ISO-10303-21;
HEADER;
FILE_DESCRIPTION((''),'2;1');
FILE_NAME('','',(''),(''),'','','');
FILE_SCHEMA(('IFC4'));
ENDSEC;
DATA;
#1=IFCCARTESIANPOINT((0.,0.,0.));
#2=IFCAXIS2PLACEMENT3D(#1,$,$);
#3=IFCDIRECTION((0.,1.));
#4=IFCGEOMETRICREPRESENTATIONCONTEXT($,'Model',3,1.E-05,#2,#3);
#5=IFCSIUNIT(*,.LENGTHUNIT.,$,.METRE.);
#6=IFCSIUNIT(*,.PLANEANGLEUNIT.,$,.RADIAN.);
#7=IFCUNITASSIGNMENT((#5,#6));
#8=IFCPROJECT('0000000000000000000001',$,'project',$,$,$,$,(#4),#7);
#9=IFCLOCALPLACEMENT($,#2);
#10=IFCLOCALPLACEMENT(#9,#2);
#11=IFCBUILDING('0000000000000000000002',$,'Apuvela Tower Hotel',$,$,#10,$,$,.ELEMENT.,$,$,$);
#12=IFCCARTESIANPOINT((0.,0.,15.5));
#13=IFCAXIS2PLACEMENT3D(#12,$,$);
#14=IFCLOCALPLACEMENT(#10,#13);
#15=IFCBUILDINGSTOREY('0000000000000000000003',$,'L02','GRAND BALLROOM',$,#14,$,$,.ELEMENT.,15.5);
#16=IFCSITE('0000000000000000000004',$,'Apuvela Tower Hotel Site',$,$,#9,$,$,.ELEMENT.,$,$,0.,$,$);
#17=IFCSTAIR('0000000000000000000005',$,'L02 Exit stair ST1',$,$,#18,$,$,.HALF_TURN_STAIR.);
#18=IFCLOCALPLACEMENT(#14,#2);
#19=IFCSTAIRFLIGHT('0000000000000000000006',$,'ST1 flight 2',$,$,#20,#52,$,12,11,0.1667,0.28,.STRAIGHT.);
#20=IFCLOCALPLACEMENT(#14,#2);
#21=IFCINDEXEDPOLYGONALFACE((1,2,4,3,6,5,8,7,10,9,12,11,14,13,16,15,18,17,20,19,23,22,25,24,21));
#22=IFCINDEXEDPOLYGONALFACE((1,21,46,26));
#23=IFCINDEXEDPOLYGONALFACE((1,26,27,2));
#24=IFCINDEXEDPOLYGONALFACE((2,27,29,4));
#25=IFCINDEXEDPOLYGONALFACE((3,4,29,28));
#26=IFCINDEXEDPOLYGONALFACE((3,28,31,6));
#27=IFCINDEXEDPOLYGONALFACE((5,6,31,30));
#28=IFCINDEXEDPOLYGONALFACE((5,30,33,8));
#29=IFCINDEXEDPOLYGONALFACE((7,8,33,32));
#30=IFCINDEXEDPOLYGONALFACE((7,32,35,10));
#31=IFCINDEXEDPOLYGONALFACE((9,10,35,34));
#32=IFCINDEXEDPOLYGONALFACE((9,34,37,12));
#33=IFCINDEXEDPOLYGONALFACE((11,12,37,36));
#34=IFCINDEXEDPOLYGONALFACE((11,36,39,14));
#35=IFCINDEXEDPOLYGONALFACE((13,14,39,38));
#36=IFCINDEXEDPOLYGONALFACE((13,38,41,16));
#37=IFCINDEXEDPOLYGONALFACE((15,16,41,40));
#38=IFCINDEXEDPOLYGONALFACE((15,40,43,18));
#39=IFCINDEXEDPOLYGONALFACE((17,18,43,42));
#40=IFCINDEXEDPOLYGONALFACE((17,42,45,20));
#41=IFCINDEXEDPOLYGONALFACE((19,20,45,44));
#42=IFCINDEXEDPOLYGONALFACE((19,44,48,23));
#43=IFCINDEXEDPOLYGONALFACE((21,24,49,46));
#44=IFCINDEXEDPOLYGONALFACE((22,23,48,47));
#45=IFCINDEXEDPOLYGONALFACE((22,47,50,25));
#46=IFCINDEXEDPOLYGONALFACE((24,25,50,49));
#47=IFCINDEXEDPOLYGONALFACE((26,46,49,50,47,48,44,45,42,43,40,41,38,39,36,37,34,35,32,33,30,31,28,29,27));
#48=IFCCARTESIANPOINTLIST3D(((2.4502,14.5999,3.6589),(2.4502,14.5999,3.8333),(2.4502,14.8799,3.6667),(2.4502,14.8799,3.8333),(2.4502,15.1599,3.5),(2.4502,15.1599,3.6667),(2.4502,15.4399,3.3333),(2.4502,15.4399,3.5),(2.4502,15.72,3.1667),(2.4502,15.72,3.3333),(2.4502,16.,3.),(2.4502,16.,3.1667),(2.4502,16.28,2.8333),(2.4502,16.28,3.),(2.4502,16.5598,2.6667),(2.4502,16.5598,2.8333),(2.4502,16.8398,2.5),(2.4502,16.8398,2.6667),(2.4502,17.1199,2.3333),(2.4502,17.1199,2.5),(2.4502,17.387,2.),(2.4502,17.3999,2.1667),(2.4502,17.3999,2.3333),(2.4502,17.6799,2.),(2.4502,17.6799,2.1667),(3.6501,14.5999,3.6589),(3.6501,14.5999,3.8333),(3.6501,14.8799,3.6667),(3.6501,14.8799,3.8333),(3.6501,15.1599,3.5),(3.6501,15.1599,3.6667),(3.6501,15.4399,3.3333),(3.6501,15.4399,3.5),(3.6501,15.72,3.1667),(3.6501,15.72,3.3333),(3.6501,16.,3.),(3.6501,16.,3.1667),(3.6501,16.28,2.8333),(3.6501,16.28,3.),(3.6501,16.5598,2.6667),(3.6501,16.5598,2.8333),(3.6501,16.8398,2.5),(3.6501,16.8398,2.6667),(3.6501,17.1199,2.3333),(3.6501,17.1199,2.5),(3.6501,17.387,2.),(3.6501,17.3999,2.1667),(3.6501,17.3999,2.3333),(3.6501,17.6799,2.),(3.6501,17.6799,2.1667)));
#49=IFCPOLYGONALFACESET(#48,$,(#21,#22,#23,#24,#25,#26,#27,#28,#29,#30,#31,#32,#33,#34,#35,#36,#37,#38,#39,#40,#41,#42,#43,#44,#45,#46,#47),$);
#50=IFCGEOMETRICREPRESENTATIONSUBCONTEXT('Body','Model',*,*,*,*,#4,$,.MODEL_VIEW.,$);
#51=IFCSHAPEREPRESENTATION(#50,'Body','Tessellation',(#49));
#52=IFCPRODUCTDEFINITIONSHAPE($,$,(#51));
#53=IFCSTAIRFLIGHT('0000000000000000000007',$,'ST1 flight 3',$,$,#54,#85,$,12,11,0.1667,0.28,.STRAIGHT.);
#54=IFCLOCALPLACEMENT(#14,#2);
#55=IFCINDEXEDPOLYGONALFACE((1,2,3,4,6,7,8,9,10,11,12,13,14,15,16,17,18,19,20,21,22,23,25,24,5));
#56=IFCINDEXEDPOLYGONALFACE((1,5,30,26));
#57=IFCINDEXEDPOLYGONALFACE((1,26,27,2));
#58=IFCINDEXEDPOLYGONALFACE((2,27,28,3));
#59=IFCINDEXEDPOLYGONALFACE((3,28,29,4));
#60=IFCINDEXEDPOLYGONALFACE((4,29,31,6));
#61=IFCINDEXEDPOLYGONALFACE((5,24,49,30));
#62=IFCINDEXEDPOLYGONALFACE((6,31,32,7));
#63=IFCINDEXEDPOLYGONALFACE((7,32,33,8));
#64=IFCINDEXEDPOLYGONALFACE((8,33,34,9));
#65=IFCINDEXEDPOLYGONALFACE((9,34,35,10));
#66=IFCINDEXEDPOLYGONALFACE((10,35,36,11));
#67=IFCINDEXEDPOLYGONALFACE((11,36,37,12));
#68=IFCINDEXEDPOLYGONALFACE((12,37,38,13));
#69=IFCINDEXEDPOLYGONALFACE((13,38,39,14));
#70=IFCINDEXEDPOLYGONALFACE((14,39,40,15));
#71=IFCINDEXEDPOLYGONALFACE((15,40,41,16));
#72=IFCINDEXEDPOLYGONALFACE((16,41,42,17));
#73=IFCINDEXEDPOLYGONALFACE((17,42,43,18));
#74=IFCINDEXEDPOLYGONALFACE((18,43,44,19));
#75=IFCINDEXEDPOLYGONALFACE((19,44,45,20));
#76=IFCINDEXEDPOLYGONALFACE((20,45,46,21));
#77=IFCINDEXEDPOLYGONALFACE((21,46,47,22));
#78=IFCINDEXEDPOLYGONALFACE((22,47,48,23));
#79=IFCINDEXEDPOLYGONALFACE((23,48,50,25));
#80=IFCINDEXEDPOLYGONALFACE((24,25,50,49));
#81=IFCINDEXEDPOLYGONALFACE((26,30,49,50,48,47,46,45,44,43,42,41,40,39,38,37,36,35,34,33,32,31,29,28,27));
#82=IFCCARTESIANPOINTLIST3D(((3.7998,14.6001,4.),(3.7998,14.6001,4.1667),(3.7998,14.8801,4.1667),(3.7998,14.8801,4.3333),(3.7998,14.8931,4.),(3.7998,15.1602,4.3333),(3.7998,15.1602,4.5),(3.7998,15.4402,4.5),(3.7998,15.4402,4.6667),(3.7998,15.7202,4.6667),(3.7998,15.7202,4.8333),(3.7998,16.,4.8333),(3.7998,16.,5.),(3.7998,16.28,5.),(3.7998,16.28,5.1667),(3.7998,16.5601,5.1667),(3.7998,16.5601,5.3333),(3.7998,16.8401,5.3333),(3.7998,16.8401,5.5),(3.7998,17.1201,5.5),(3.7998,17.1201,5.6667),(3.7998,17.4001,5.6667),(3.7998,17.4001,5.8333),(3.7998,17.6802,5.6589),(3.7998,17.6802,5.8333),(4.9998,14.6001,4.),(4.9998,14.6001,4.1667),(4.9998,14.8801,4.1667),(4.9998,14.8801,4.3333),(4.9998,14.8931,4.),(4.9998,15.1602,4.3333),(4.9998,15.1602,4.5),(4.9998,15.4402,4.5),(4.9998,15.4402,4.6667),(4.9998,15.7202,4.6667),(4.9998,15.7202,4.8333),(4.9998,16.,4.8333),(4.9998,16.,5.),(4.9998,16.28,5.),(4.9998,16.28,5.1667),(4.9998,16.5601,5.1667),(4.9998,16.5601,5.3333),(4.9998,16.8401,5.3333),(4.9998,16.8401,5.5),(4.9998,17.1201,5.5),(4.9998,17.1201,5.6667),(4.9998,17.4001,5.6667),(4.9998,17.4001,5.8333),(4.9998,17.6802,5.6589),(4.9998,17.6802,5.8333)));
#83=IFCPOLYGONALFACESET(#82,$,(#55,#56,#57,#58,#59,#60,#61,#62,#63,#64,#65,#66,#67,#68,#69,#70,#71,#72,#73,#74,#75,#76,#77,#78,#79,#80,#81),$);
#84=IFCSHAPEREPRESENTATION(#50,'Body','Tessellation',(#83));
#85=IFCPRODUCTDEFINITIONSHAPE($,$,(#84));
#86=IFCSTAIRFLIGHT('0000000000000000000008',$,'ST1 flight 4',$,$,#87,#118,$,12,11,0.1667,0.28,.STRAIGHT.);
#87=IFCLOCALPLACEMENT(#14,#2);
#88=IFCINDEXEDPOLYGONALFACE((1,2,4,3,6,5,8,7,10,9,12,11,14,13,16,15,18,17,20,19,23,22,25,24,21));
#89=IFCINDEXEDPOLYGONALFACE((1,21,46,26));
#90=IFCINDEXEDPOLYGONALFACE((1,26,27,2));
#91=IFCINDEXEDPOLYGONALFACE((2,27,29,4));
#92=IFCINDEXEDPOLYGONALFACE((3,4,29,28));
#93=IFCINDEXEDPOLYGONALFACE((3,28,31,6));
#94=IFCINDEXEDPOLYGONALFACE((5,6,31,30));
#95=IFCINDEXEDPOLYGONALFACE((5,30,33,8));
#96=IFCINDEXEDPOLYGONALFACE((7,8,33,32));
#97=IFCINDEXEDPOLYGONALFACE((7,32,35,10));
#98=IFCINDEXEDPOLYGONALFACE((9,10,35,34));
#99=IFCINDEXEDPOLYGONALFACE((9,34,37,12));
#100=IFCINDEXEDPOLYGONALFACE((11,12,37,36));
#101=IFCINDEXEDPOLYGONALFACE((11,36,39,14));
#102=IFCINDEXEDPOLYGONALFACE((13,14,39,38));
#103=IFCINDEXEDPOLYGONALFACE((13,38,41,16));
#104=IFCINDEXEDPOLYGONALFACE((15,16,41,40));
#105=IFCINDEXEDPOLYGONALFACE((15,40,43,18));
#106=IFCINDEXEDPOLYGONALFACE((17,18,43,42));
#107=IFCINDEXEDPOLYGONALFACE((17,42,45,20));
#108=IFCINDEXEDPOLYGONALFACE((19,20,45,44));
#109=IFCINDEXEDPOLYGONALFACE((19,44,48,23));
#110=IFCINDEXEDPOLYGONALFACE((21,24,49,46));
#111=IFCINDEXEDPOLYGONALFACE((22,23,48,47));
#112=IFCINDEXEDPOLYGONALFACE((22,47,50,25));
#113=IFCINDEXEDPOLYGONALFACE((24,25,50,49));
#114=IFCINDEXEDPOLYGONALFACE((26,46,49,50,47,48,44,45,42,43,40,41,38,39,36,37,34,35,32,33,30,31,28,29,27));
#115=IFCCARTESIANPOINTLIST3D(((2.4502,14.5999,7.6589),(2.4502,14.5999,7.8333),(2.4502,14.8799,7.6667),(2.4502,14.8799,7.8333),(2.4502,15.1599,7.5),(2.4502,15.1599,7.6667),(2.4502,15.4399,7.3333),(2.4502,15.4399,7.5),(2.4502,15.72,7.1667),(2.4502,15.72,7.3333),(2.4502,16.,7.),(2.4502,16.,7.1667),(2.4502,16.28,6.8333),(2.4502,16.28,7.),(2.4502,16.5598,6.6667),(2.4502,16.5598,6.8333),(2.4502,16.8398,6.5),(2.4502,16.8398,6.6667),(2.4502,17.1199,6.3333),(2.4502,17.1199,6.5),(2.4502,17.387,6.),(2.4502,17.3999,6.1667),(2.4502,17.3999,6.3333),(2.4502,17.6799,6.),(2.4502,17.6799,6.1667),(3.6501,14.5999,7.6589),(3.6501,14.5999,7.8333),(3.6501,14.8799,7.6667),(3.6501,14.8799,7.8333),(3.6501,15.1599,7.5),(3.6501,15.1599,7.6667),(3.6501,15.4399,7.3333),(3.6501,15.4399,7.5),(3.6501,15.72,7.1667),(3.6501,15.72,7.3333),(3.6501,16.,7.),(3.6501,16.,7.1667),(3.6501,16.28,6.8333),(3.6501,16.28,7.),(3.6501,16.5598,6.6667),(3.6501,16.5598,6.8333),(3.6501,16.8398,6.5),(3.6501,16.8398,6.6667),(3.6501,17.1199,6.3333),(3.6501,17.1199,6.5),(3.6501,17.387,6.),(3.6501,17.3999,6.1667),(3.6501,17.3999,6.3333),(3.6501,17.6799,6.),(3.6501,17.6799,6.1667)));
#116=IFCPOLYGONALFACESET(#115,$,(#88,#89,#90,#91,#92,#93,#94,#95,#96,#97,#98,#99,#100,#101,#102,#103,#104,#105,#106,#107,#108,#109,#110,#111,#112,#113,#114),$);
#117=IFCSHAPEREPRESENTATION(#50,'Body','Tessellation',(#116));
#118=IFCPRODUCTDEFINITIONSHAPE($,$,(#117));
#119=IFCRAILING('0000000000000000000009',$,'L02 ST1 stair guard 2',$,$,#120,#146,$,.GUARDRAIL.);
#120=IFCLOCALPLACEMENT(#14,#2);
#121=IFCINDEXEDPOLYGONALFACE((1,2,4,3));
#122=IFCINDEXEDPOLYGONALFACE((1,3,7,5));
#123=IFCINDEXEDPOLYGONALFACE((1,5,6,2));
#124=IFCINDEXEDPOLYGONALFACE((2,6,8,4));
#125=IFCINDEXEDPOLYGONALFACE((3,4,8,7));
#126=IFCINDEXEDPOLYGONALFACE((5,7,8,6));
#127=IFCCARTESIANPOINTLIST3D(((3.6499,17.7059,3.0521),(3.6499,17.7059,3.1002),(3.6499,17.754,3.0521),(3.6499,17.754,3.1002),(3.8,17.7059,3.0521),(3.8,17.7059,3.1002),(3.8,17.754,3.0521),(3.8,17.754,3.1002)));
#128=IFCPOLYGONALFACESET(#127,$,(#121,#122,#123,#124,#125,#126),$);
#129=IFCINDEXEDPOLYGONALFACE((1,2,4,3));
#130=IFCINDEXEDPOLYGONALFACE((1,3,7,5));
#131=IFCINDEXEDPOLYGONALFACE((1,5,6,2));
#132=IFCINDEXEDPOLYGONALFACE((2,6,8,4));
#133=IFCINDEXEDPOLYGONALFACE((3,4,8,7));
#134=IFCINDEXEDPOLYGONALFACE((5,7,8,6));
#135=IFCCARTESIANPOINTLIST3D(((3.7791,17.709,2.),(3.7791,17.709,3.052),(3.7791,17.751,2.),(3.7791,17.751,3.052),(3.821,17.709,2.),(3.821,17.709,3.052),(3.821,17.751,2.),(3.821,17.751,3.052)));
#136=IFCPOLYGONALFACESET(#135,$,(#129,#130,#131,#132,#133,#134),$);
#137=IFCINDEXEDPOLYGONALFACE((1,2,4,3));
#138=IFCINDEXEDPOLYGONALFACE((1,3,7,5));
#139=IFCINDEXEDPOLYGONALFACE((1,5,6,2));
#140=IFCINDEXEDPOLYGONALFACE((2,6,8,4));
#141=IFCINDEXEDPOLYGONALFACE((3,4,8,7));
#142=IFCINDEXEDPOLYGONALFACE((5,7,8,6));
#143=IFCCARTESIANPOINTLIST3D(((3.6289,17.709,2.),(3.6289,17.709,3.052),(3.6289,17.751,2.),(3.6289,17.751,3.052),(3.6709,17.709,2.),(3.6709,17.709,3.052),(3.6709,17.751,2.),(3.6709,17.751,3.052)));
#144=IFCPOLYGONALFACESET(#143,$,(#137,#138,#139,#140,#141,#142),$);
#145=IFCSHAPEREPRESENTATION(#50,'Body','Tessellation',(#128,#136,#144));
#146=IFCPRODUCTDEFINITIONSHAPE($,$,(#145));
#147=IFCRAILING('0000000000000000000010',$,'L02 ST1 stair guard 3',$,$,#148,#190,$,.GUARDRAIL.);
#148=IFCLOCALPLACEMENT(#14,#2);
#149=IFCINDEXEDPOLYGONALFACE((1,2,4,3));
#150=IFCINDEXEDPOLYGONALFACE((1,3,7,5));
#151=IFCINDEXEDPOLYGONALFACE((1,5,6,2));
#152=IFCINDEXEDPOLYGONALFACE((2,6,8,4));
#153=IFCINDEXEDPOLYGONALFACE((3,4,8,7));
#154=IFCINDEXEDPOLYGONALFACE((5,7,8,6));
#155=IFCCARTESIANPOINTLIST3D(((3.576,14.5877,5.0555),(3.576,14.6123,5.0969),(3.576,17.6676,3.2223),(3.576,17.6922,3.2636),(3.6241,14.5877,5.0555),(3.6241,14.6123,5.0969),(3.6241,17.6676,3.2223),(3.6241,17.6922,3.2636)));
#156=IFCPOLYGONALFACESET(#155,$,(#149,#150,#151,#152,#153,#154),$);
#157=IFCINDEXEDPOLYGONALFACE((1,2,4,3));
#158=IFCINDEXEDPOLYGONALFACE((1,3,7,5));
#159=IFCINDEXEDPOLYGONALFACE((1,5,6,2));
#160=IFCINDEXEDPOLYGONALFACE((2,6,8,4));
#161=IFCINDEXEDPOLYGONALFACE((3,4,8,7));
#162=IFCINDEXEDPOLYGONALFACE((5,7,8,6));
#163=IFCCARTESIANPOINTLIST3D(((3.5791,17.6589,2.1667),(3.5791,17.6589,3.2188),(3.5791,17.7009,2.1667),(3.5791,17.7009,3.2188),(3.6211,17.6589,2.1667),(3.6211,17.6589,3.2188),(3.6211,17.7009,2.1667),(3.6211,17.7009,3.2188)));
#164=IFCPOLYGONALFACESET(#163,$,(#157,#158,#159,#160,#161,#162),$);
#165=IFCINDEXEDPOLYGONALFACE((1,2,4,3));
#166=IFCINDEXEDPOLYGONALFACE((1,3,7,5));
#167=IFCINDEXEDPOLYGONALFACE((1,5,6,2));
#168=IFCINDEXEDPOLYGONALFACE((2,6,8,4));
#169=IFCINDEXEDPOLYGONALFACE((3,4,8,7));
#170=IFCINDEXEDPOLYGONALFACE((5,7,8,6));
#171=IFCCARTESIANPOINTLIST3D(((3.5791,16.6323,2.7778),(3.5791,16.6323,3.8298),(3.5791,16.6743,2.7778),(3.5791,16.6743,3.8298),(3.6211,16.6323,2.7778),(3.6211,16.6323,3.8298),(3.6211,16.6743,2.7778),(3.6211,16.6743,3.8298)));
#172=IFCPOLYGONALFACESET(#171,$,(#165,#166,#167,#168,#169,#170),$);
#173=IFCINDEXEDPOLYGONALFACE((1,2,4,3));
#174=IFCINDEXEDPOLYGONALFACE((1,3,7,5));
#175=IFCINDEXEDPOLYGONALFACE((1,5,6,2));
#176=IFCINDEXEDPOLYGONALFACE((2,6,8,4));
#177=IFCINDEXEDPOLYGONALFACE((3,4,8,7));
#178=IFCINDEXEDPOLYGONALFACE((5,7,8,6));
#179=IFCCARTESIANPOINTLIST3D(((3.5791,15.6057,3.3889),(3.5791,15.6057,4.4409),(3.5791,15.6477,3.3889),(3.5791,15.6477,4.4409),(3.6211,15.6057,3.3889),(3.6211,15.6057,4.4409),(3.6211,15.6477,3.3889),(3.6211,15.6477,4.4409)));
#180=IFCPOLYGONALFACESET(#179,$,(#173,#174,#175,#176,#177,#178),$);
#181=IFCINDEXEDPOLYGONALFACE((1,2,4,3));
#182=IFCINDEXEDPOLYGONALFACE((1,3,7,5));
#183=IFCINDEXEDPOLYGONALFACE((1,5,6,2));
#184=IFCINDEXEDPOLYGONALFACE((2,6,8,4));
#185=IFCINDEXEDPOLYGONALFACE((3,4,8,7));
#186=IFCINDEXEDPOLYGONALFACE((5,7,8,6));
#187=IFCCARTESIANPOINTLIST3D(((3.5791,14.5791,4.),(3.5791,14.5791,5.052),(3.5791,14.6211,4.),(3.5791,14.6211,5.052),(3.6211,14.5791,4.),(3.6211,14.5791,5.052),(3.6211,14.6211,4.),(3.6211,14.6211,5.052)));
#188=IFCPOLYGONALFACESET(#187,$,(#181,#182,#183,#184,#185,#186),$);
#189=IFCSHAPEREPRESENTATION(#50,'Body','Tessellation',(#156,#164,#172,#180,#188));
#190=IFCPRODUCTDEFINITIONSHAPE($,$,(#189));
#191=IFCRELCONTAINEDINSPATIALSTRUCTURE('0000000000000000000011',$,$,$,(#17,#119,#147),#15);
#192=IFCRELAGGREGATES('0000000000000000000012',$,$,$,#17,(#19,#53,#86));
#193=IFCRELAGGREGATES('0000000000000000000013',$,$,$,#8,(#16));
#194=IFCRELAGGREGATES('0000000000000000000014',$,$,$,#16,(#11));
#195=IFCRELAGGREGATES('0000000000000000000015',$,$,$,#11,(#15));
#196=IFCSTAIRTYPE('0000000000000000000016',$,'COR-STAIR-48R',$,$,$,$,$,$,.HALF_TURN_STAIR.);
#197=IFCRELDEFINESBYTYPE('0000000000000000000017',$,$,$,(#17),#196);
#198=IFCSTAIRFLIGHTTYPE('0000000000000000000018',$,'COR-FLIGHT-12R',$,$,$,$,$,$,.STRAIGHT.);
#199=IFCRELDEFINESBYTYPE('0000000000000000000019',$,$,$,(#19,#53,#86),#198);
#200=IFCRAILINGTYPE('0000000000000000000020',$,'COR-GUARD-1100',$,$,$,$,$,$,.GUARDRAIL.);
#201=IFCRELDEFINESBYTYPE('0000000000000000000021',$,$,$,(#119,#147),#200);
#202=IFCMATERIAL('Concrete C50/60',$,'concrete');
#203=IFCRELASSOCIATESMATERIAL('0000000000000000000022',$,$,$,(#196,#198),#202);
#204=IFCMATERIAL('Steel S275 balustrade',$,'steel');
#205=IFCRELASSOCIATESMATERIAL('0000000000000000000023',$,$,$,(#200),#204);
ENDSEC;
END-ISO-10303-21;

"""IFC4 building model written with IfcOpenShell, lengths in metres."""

from ifc_helpers import new_model, si_unit, direction, frame, origin, origin_2d, place, context, subcontext, project, spatial, polyline, rectangle, outline, extrude, material, type_object, element, aggregate, save


model = new_model("IFC4")

# Units and contexts
model_context = context("Model", 3, precision=1e-05, world=origin(), true_north=direction((0.0, 1.0)))
body_context = subcontext(model_context, "Body", "Model", "MODEL_VIEW")
ifc_project = project(units=[si_unit("LENGTHUNIT", "METRE"), si_unit("PLANEANGLEUNIT", "RADIAN")], contexts=[model_context])

# Site, building, storey
site_placement = place(None, origin())
site = spatial("IfcSite", under=ifc_project, at=site_placement, Name="Apuvela Tower Hotel Site", CompositionType="ELEMENT", RefElevation=0.0)
building_placement = place(site_placement, origin())
building = spatial("IfcBuilding", under=site, at=building_placement, Name="Apuvela Tower Hotel", CompositionType="ELEMENT")
storey_placement = place(building_placement, frame((0.0, 0.0, 15.5)))
storey = spatial("IfcBuildingStorey", under=building, at=storey_placement, Name="L02", Description="GRAND BALLROOM", CompositionType="ELEMENT", Elevation=15.5)

# Shared definitions
ifc_material_1 = material(Name="Concrete C50/60", Category="concrete")

# Stair, stair flights
stair_type = type_object("IfcStairType", Name="COR-STAIR-48R", PredefinedType="HALF_TURN_STAIR", material=ifc_material_1)
stair_placement = place(storey_placement, origin())
stair = element("IfcStair", 1, at=stair_placement, inside=storey, type_object=stair_type, Name="L02 Exit stair ST1", PredefinedType="HALF_TURN_STAIR")
stair_flight_type = type_object("IfcStairFlightType", Name="COR-FLIGHT-12R", PredefinedType="STRAIGHT", material=ifc_material_1)
stair_flight_1_placement = place(storey_placement, frame((3.05, 17.6799, 2.0), z_axis=(0.0, 0.0, 1.0), x_axis=(0.0, -1.0, 0.0)))
stair_flight_1 = element("IfcStairFlight", 2, at=stair_flight_1_placement, type_object=stair_flight_type, Name="ST1 flight 2", NumberOfRisers=12, NumberOfTreads=11, PredefinedType="STRAIGHT", RiserHeight=0.1667, TreadLength=0.28, context=body_context, shape_type="SweptSolid", body=[
    extrude(outline(polyline([(0.0, 0.0), (0.0, 0.1667), (0.28, 0.1667), (0.28, 0.3333), (0.5601, 0.3333), (0.5601, 0.5), (0.8401, 0.5), (0.8401, 0.6667), (1.1201, 0.6667), (1.1201, 0.8333), (1.3999, 0.8333), (1.3999, 1.0), (1.6799, 1.0), (1.6799, 1.1667), (1.96, 1.1667), (1.96, 1.3333), (2.24, 1.3333), (2.24, 1.5), (2.52, 1.5), (2.52, 1.6667), (2.8, 1.6667), (2.8, 1.8333), (3.0801, 1.8333), (3.0801, 2.0), (3.0801, 1.6589), (0.293, 0.0), (0.0, 0.0)])), frame((0.0, 0.6001, 0.0), z_axis=(0.0, -1.0, 0.0), x_axis=(1.0, 0.0, 0.0)), (0.0, 0.0, 1.0), 1.2),
])
stair_flight_2_placement = place(storey_placement, frame((4.3999, 14.6001, 4.0), z_axis=(0.0, 0.0, 1.0), x_axis=(0.0, 1.0, 0.0)))
stair_flight_2 = element("IfcStairFlight", 3, at=stair_flight_2_placement, type_object=stair_flight_type, Name="ST1 flight 3", NumberOfRisers=12, NumberOfTreads=11, PredefinedType="STRAIGHT", RiserHeight=0.1667, TreadLength=0.28, context=body_context, shape_type="SweptSolid", body=[
    extrude(outline(polyline([(0.0, 0.0), (0.0, 0.1667), (0.28, 0.1667), (0.28, 0.3333), (0.5601, 0.3333), (0.5601, 0.5), (0.8401, 0.5), (0.8401, 0.6667), (1.1201, 0.6667), (1.1201, 0.8333), (1.3999, 0.8333), (1.3999, 1.0), (1.6799, 1.0), (1.6799, 1.1667), (1.96, 1.1667), (1.96, 1.3333), (2.24, 1.3333), (2.24, 1.5), (2.52, 1.5), (2.52, 1.6667), (2.8, 1.6667), (2.8, 1.8333), (3.0801, 1.8333), (3.0801, 2.0), (3.0801, 1.6589), (0.293, 0.0), (0.0, 0.0)])), frame((0.0, 0.6001, 0.0), z_axis=(0.0, -1.0, 0.0), x_axis=(1.0, 0.0, 0.0)), (0.0, 0.0, 1.0), 1.2),
])
stair_flight_3_placement = place(storey_placement, frame((3.05, 17.6799, 6.0), z_axis=(0.0, 0.0, 1.0), x_axis=(0.0, -1.0, 0.0)))
stair_flight_3 = element("IfcStairFlight", 4, at=stair_flight_3_placement, type_object=stair_flight_type, Name="ST1 flight 4", NumberOfRisers=12, NumberOfTreads=11, PredefinedType="STRAIGHT", RiserHeight=0.1667, TreadLength=0.28, context=body_context, shape_type="SweptSolid", body=[
    extrude(outline(polyline([(0.0, 0.0), (0.0, 0.1667), (0.28, 0.1667), (0.28, 0.3333), (0.5601, 0.3333), (0.5601, 0.5), (0.8401, 0.5), (0.8401, 0.6667), (1.1201, 0.6667), (1.1201, 0.8333), (1.3999, 0.8333), (1.3999, 1.0), (1.6799, 1.0), (1.6799, 1.1667), (1.96, 1.1667), (1.96, 1.3333), (2.24, 1.3333), (2.24, 1.5), (2.52, 1.5), (2.52, 1.6667), (2.8, 1.6667), (2.8, 1.8333), (3.0801, 1.8333), (3.0801, 2.0), (3.0801, 1.6589), (0.293, 0.0), (0.0, 0.0)])), frame((0.0, 0.6001, 0.0), z_axis=(0.0, -1.0, 0.0), x_axis=(1.0, 0.0, 0.0)), (0.0, 0.0, 1.0), 1.2),
])
aggregate(stair, [stair_flight_1, stair_flight_2, stair_flight_3])

# Railings
ifc_material_2 = material(Name="Steel S275 balustrade", Category="steel")
railing_type_1 = type_object("IfcRailingType", Name="COR-GUARD-1100", PredefinedType="GUARDRAIL", material=ifc_material_2)
railing_1_placement = place(storey_placement, frame((3.8, 17.73, 2.0)))
element("IfcRailing", 5, at=railing_1_placement, inside=storey, type_object=railing_type_1, Name="L02 ST1 stair guard 2", PredefinedType="GUARDRAIL", context=body_context, shape_type="SweptSolid", body=[
    extrude(rectangle(XDim=0.0481, YDim=0.0481, at=origin_2d()), frame((0.0, 0.0, 1.0762), z_axis=(-1.0, 0.0, 0.0), x_axis=(0.0, -1.0, 0.0)), (0.0, 0.0, 1.0), 0.1501),
    extrude(rectangle(XDim=0.042, YDim=0.042, at=origin_2d()), origin(), (0.0, 0.0, 1.0), 1.052),
    extrude(rectangle(XDim=0.042, YDim=0.042, at=origin_2d()), frame((-0.1501, 0.0, 0.0)), (0.0, 0.0, 1.0), 1.052),
])
railing_2_placement = place(storey_placement, frame((3.6001, 17.6799, 2.1667)))
element("IfcRailing", 6, at=railing_2_placement, inside=storey, type_object=railing_type_1, Name="L02 ST1 stair guard 3", PredefinedType="GUARDRAIL", context=body_context, shape_type="SweptSolid", body=[
    extrude(rectangle(XDim=0.0481, YDim=0.0481, at=origin_2d()), frame((0.0, 0.0, 1.0762), z_axis=(0.0, -0.859291, 0.511487), x_axis=(1.0, 0.0, 0.0)), (0.0, 0.0, 1.0), 3.5842),
    extrude(rectangle(XDim=0.042, YDim=0.042, at=origin_2d()), origin(), (0.0, 0.0, 1.0), 1.052),
    extrude(rectangle(XDim=0.042, YDim=0.042, at=origin_2d()), frame((0.0, -1.0266, 0.6111)), (0.0, 0.0, 1.0), 1.052),
    extrude(rectangle(XDim=0.042, YDim=0.042, at=origin_2d()), frame((0.0, -2.0532, 1.2222)), (0.0, 0.0, 1.0), 1.052),
    extrude(rectangle(XDim=0.042, YDim=0.042, at=origin_2d()), frame((0.0, -3.0798, 1.8333)), (0.0, 0.0, 1.0), 1.052),
])

save(model, "model.ifc")
